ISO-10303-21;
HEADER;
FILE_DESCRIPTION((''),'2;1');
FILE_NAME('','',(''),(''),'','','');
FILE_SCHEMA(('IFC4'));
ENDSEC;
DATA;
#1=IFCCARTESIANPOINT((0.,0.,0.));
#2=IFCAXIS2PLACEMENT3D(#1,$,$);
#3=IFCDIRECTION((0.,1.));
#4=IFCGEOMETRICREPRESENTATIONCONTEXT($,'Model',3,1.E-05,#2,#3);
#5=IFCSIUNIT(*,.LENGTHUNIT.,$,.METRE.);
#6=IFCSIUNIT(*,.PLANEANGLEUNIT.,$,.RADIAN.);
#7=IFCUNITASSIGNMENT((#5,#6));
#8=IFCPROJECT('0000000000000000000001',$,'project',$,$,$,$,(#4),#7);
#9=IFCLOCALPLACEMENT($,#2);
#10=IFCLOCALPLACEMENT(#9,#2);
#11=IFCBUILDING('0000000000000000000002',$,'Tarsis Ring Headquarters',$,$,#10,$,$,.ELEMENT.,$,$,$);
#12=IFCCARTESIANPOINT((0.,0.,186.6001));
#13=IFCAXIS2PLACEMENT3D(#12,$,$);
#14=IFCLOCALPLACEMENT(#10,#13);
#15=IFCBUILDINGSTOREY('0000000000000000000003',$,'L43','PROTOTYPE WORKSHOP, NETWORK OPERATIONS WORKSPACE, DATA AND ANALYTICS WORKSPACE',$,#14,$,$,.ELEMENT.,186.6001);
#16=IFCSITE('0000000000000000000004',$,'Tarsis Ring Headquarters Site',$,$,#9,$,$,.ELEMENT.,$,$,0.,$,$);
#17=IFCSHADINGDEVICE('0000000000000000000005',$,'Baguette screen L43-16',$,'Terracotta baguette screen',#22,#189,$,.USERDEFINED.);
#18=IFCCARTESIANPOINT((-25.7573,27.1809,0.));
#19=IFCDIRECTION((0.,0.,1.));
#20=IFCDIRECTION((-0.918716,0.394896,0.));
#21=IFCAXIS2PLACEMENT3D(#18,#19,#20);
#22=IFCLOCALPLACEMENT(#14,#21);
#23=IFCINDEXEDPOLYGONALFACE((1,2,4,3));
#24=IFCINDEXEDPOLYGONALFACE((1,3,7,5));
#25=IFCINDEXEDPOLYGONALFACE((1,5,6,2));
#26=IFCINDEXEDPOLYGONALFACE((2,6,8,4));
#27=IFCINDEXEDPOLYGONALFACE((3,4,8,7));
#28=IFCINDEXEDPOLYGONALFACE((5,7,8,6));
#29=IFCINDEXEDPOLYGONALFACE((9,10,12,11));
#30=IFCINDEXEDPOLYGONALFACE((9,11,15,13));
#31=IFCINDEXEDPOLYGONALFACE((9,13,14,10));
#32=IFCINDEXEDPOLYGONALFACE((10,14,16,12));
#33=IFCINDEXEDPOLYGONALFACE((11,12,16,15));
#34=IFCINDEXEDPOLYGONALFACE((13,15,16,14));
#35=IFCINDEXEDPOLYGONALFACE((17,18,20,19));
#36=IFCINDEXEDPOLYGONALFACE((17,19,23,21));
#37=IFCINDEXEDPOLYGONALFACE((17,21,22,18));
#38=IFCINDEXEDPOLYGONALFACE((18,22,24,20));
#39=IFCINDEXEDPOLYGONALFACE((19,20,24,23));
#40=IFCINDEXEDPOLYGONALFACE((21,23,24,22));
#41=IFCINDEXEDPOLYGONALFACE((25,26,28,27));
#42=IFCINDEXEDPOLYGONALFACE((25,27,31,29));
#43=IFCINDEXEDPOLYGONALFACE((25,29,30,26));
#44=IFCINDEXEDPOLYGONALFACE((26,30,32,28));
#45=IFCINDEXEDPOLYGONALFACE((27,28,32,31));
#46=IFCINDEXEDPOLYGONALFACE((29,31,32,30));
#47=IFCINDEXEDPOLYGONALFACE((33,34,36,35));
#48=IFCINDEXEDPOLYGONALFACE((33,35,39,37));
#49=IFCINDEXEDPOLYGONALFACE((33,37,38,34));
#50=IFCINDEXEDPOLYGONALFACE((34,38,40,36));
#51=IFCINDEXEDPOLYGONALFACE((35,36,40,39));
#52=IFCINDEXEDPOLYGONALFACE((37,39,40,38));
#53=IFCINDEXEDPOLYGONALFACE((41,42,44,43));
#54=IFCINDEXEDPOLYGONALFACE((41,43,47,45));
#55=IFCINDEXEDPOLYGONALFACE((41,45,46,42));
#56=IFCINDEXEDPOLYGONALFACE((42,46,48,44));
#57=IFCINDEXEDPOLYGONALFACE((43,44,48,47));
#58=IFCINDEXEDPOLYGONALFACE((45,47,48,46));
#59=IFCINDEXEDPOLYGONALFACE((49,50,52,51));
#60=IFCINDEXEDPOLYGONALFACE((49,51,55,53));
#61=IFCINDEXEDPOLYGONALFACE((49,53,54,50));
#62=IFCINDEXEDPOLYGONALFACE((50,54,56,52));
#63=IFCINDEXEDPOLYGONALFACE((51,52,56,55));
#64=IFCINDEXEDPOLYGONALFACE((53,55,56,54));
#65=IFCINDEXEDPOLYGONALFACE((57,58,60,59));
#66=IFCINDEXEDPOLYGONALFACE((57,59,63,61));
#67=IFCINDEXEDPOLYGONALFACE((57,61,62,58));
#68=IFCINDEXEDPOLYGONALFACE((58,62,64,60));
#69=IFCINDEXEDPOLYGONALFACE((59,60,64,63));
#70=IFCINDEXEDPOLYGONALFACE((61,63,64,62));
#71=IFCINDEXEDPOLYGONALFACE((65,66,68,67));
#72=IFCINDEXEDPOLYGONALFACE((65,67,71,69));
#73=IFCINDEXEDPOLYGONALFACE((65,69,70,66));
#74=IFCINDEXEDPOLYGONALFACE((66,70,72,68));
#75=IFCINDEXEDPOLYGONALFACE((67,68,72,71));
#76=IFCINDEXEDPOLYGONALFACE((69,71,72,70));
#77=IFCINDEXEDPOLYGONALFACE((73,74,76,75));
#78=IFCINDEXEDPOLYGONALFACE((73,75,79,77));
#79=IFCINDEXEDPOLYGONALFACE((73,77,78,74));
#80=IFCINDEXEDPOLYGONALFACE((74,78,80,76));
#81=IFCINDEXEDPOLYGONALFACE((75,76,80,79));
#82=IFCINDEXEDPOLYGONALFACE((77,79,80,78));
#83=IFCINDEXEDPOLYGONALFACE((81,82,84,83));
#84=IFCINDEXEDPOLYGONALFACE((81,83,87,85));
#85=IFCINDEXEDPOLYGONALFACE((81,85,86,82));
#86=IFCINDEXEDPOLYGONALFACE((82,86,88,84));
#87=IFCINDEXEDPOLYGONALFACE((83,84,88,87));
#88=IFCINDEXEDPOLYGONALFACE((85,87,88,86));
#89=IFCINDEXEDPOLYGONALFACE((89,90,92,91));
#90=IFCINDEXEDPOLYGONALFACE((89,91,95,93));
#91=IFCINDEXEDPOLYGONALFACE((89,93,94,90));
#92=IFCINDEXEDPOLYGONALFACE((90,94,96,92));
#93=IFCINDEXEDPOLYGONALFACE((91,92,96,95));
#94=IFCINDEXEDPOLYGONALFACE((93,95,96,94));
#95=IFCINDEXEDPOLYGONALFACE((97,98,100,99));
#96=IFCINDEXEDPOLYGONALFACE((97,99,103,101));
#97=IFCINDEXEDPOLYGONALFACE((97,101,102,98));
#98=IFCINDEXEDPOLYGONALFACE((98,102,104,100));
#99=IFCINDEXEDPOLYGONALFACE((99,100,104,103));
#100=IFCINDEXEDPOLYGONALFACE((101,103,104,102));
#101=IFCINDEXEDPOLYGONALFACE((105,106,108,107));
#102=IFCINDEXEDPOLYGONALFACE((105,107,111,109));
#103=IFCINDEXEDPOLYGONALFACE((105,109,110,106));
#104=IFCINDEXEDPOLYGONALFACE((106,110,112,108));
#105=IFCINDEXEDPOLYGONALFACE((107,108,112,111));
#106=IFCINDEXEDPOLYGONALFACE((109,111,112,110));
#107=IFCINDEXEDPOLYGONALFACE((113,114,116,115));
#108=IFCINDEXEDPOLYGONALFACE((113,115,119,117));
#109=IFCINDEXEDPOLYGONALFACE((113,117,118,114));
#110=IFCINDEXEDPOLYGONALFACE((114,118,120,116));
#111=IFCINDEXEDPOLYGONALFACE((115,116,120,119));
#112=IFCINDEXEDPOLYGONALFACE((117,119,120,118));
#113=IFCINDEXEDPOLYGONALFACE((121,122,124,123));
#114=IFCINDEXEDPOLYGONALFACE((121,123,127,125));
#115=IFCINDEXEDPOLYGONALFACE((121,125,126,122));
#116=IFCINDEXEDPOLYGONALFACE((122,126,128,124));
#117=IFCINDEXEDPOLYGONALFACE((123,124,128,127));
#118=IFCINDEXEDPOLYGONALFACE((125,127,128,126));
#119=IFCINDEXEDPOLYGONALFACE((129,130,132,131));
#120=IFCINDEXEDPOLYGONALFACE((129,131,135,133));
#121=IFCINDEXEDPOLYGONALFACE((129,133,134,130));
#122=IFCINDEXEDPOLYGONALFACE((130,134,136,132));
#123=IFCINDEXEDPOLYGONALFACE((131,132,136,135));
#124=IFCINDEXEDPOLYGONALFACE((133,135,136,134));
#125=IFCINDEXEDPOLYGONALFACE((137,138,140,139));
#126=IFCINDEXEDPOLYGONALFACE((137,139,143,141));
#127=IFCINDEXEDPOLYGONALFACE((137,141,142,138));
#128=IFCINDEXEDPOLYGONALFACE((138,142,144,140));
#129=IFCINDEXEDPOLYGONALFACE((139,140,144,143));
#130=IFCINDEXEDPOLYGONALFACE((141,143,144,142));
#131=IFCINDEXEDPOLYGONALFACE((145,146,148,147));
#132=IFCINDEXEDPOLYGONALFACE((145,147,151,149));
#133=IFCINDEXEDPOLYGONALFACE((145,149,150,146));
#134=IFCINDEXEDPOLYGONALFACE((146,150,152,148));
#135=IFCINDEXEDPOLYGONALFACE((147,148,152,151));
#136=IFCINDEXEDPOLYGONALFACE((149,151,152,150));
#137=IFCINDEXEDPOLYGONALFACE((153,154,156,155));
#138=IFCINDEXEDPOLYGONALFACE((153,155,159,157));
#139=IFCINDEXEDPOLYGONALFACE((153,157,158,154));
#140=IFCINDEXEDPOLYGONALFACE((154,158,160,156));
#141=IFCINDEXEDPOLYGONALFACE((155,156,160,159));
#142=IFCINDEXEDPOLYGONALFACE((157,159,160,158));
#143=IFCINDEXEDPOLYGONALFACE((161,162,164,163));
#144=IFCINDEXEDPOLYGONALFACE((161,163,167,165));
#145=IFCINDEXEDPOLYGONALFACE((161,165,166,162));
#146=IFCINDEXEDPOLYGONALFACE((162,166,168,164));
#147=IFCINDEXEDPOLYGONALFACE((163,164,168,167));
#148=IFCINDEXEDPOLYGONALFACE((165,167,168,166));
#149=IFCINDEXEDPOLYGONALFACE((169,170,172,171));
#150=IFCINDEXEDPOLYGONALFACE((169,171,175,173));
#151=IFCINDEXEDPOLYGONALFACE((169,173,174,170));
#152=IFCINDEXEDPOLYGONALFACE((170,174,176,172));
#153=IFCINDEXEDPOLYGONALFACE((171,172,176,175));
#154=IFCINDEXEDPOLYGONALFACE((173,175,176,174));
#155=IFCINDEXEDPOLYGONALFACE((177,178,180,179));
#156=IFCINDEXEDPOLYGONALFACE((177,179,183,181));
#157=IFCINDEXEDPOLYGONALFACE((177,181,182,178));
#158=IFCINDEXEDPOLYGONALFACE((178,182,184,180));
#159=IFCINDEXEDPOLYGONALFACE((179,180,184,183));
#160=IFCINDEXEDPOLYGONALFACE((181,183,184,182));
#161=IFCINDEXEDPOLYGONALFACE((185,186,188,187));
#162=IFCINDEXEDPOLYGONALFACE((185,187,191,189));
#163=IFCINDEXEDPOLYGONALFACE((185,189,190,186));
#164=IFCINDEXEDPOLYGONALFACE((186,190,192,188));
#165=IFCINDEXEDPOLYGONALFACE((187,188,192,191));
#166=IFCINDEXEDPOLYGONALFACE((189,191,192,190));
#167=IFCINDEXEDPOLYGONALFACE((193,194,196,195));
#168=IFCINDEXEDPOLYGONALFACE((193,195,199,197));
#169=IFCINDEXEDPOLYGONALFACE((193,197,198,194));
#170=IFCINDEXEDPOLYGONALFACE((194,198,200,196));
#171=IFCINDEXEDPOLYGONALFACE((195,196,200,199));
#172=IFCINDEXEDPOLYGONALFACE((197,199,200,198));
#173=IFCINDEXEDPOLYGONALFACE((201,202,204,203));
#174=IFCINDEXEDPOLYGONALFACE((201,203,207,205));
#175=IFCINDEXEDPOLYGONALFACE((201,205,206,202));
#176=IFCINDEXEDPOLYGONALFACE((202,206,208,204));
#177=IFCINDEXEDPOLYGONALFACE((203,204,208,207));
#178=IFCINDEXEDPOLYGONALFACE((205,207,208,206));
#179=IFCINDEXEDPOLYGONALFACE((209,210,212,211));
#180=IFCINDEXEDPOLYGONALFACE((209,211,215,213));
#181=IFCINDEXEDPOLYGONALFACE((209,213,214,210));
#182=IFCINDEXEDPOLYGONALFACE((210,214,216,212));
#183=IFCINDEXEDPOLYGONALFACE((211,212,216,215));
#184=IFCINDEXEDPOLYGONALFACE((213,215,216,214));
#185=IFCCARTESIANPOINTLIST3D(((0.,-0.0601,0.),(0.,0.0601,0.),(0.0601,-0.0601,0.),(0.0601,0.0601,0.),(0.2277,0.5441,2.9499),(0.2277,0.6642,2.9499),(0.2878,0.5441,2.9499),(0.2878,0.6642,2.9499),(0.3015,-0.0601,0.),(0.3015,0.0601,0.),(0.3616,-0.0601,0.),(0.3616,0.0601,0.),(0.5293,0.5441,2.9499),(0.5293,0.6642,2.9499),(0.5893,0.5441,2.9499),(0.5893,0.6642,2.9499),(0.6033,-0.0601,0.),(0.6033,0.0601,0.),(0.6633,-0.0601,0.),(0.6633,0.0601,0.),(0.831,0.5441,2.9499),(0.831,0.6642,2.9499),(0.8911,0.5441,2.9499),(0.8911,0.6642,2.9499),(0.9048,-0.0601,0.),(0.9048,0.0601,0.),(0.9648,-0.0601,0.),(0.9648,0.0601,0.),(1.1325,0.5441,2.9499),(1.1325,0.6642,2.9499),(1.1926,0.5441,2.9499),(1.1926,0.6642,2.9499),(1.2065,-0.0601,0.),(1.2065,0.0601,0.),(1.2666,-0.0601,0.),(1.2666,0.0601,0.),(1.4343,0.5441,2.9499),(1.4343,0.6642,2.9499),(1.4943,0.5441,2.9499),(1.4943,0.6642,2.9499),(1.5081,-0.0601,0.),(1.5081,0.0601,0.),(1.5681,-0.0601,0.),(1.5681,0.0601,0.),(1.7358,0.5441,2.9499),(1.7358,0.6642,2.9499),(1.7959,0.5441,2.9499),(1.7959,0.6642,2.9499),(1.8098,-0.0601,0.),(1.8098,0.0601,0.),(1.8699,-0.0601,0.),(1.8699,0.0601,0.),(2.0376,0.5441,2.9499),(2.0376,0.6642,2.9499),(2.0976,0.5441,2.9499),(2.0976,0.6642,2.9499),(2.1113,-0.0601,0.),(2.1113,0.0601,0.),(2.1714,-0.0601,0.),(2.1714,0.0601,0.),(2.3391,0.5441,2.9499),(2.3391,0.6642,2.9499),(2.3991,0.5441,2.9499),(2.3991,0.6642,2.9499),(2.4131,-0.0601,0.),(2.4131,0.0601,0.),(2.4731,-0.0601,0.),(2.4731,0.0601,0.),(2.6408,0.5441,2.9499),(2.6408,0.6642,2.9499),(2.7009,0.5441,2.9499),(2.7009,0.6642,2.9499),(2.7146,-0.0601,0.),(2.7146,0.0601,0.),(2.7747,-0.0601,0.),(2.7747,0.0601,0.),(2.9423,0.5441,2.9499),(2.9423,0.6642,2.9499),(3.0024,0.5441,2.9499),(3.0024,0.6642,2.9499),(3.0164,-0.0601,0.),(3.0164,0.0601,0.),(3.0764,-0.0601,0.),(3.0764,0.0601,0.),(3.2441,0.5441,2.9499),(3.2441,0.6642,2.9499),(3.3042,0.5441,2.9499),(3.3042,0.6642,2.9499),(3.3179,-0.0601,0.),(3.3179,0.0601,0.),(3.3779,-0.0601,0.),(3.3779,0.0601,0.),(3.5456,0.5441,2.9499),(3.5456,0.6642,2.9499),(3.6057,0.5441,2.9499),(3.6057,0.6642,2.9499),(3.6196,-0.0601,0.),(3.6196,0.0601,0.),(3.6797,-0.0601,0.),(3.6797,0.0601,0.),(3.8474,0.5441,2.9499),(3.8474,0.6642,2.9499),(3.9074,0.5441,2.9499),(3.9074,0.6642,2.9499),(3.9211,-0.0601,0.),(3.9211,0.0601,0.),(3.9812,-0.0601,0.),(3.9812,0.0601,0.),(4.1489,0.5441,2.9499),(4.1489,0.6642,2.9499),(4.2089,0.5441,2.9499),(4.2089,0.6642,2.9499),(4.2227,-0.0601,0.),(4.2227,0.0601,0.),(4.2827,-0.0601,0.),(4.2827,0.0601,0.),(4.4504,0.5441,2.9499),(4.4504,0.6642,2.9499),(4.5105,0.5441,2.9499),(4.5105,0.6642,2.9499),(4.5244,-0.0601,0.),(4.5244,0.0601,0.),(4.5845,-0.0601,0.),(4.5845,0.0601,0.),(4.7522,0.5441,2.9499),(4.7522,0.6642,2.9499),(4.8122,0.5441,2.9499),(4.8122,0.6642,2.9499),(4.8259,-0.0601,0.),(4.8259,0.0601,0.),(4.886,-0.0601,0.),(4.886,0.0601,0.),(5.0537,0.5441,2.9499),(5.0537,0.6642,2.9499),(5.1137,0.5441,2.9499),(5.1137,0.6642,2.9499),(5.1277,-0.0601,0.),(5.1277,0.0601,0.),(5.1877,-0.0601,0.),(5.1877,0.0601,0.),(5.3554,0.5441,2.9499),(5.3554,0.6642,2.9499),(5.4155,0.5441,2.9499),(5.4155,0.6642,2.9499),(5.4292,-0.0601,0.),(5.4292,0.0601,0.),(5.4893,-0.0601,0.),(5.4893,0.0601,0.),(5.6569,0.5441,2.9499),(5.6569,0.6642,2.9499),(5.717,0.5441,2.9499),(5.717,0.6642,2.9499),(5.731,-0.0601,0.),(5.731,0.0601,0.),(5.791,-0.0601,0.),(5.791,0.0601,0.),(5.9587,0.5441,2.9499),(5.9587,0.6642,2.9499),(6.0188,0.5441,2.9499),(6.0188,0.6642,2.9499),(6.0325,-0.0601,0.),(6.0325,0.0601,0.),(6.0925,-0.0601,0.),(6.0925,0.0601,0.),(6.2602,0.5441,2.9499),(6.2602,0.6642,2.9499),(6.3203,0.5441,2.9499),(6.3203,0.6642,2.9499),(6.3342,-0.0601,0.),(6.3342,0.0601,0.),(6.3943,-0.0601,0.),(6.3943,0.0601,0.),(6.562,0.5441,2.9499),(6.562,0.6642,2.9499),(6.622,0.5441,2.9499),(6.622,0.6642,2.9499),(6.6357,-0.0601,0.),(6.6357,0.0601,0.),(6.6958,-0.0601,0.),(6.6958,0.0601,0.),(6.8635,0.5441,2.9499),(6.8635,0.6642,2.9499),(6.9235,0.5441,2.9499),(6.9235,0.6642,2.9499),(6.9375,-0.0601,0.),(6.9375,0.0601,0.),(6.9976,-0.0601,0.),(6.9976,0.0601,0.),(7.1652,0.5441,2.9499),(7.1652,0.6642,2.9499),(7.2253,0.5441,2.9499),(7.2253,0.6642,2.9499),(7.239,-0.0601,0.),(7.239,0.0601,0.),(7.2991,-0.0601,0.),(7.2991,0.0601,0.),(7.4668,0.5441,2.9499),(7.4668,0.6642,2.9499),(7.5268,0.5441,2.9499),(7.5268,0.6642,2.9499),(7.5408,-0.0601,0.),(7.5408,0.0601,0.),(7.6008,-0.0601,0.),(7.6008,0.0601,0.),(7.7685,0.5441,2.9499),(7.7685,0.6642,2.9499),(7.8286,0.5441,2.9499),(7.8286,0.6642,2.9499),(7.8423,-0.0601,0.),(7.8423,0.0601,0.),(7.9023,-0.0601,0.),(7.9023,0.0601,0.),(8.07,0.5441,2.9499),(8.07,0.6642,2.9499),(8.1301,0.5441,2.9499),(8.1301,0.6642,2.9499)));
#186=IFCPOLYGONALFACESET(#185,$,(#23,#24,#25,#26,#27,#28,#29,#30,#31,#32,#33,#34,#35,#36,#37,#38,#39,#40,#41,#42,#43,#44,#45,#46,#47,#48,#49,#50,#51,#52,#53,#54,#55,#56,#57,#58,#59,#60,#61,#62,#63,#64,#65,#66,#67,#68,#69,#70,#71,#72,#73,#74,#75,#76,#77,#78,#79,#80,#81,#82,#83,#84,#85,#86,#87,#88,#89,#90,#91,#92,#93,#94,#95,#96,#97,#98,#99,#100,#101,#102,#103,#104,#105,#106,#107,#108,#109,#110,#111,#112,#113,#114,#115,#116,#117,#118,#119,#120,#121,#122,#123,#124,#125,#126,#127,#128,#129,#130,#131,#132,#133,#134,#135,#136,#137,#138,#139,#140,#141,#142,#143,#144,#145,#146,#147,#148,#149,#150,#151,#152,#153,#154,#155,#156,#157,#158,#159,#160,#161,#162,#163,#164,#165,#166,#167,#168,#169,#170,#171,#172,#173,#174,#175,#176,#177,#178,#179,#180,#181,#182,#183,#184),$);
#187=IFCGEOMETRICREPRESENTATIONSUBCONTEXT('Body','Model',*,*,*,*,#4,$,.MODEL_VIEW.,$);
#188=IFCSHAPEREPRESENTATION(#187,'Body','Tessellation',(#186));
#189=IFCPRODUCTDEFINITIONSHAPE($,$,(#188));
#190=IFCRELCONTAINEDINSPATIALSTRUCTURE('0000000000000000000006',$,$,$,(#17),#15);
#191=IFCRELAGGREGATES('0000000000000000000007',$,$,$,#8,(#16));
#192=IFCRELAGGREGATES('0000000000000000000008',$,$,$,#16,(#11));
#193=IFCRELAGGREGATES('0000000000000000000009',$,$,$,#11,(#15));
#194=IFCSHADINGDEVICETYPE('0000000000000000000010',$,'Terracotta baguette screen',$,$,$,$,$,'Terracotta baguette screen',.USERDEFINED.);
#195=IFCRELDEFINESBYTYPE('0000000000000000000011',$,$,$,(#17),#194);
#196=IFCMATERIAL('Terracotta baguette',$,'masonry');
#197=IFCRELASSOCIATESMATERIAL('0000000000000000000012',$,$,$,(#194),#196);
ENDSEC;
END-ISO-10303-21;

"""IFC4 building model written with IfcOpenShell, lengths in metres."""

from ifc_helpers import new_model, si_unit, direction, frame, frame_2d, origin, place, context, subcontext, project, spatial, rectangle, composite_profile, extrude, material, type_object, element, save


model = new_model("IFC4")

# Units and contexts
model_context = context("Model", 3, precision=1e-05, world=origin(), true_north=direction((0.0, 1.0)))
body_context = subcontext(model_context, "Body", "Model", "MODEL_VIEW")
ifc_project = project(units=[si_unit("LENGTHUNIT", "METRE"), si_unit("PLANEANGLEUNIT", "RADIAN")], contexts=[model_context])

# Site, building, storey
site_placement = place(None, origin())
site = spatial("IfcSite", under=ifc_project, at=site_placement, Name="Tarsis Ring Headquarters Site", CompositionType="ELEMENT", RefElevation=0.0)
building_placement = place(site_placement, origin())
building = spatial("IfcBuilding", under=site, at=building_placement, Name="Tarsis Ring Headquarters", CompositionType="ELEMENT")
storey_placement = place(building_placement, frame((0.0, 0.0, 186.6001)))
storey = spatial("IfcBuildingStorey", under=building, at=storey_placement, Name="L43", Description="PROTOTYPE WORKSHOP, NETWORK OPERATIONS WORKSPACE, DATA AND ANALYTICS WORKSPACE", CompositionType="ELEMENT", Elevation=186.6001)

# Shading device
ifc_material_1 = material(Name="Terracotta baguette", Category="masonry")
shading_device_type_1 = type_object("IfcShadingDeviceType", Name="Terracotta baguette screen", ElementType="Terracotta baguette screen", PredefinedType="USERDEFINED", material=ifc_material_1)
shading_device_1_placement = place(storey_placement, frame((-25.7573, 27.1809, 0.0), z_axis=(0.0, 0.0, 1.0), x_axis=(-0.918716, 0.394896, 0.0)))
element("IfcShadingDevice", 1, at=shading_device_1_placement, inside=storey, type_object=shading_device_type_1, Name="Baguette screen L43-16", ObjectType="Terracotta baguette screen", PredefinedType="USERDEFINED", context=body_context, shape_type="SweptSolid", body=[
    extrude(composite_profile([rectangle(XDim=0.0601, YDim=0.1201, at=frame_2d((0.03, 0.0))), rectangle(XDim=0.0601, YDim=0.1201, at=frame_2d((0.3315, 0.0))), rectangle(XDim=0.0601, YDim=0.1201, at=frame_2d((0.6333, 0.0))), rectangle(XDim=0.0601, YDim=0.1201, at=frame_2d((0.9348, 0.0))), rectangle(XDim=0.0601, YDim=0.1201, at=frame_2d((1.2366, 0.0))), rectangle(XDim=0.0601, YDim=0.1201, at=frame_2d((1.5381, 0.0))), rectangle(XDim=0.0601, YDim=0.1201, at=frame_2d((1.8398, 0.0))), rectangle(XDim=0.0601, YDim=0.1201, at=frame_2d((2.1414, 0.0))), rectangle(XDim=0.0601, YDim=0.1201, at=frame_2d((2.4431, 0.0))), rectangle(XDim=0.0601, YDim=0.1201, at=frame_2d((2.7446, 0.0))), rectangle(XDim=0.0601, YDim=0.1201, at=frame_2d((3.0464, 0.0))), rectangle(XDim=0.0601, YDim=0.1201, at=frame_2d((3.3479, 0.0))), rectangle(XDim=0.0601, YDim=0.1201, at=frame_2d((3.6497, 0.0))), rectangle(XDim=0.0601, YDim=0.1201, at=frame_2d((3.9512, 0.0))), rectangle(XDim=0.0601, YDim=0.1201, at=frame_2d((4.2527, 0.0))), rectangle(XDim=0.0601, YDim=0.1201, at=frame_2d((4.5544, 0.0))), rectangle(XDim=0.0601, YDim=0.1201, at=frame_2d((4.856, 0.0))), rectangle(XDim=0.0601, YDim=0.1201, at=frame_2d((5.1577, 0.0))), rectangle(XDim=0.0601, YDim=0.1201, at=frame_2d((5.4592, 0.0))), rectangle(XDim=0.0601, YDim=0.1201, at=frame_2d((5.761, 0.0))), rectangle(XDim=0.0601, YDim=0.1201, at=frame_2d((6.0625, 0.0))), rectangle(XDim=0.0601, YDim=0.1201, at=frame_2d((6.3643, 0.0))), rectangle(XDim=0.0601, YDim=0.1201, at=frame_2d((6.6658, 0.0))), rectangle(XDim=0.0601, YDim=0.1201, at=frame_2d((6.9675, 0.0))), rectangle(XDim=0.0601, YDim=0.1201, at=frame_2d((7.269, 0.0))), rectangle(XDim=0.0601, YDim=0.1201, at=frame_2d((7.5708, 0.0))), rectangle(XDim=0.0601, YDim=0.1201, at=frame_2d((7.8723, 0.0)))]), origin(), (0.075415, 0.200073, 0.976874), 3.0198),
])

save(model, "model.ifc")
